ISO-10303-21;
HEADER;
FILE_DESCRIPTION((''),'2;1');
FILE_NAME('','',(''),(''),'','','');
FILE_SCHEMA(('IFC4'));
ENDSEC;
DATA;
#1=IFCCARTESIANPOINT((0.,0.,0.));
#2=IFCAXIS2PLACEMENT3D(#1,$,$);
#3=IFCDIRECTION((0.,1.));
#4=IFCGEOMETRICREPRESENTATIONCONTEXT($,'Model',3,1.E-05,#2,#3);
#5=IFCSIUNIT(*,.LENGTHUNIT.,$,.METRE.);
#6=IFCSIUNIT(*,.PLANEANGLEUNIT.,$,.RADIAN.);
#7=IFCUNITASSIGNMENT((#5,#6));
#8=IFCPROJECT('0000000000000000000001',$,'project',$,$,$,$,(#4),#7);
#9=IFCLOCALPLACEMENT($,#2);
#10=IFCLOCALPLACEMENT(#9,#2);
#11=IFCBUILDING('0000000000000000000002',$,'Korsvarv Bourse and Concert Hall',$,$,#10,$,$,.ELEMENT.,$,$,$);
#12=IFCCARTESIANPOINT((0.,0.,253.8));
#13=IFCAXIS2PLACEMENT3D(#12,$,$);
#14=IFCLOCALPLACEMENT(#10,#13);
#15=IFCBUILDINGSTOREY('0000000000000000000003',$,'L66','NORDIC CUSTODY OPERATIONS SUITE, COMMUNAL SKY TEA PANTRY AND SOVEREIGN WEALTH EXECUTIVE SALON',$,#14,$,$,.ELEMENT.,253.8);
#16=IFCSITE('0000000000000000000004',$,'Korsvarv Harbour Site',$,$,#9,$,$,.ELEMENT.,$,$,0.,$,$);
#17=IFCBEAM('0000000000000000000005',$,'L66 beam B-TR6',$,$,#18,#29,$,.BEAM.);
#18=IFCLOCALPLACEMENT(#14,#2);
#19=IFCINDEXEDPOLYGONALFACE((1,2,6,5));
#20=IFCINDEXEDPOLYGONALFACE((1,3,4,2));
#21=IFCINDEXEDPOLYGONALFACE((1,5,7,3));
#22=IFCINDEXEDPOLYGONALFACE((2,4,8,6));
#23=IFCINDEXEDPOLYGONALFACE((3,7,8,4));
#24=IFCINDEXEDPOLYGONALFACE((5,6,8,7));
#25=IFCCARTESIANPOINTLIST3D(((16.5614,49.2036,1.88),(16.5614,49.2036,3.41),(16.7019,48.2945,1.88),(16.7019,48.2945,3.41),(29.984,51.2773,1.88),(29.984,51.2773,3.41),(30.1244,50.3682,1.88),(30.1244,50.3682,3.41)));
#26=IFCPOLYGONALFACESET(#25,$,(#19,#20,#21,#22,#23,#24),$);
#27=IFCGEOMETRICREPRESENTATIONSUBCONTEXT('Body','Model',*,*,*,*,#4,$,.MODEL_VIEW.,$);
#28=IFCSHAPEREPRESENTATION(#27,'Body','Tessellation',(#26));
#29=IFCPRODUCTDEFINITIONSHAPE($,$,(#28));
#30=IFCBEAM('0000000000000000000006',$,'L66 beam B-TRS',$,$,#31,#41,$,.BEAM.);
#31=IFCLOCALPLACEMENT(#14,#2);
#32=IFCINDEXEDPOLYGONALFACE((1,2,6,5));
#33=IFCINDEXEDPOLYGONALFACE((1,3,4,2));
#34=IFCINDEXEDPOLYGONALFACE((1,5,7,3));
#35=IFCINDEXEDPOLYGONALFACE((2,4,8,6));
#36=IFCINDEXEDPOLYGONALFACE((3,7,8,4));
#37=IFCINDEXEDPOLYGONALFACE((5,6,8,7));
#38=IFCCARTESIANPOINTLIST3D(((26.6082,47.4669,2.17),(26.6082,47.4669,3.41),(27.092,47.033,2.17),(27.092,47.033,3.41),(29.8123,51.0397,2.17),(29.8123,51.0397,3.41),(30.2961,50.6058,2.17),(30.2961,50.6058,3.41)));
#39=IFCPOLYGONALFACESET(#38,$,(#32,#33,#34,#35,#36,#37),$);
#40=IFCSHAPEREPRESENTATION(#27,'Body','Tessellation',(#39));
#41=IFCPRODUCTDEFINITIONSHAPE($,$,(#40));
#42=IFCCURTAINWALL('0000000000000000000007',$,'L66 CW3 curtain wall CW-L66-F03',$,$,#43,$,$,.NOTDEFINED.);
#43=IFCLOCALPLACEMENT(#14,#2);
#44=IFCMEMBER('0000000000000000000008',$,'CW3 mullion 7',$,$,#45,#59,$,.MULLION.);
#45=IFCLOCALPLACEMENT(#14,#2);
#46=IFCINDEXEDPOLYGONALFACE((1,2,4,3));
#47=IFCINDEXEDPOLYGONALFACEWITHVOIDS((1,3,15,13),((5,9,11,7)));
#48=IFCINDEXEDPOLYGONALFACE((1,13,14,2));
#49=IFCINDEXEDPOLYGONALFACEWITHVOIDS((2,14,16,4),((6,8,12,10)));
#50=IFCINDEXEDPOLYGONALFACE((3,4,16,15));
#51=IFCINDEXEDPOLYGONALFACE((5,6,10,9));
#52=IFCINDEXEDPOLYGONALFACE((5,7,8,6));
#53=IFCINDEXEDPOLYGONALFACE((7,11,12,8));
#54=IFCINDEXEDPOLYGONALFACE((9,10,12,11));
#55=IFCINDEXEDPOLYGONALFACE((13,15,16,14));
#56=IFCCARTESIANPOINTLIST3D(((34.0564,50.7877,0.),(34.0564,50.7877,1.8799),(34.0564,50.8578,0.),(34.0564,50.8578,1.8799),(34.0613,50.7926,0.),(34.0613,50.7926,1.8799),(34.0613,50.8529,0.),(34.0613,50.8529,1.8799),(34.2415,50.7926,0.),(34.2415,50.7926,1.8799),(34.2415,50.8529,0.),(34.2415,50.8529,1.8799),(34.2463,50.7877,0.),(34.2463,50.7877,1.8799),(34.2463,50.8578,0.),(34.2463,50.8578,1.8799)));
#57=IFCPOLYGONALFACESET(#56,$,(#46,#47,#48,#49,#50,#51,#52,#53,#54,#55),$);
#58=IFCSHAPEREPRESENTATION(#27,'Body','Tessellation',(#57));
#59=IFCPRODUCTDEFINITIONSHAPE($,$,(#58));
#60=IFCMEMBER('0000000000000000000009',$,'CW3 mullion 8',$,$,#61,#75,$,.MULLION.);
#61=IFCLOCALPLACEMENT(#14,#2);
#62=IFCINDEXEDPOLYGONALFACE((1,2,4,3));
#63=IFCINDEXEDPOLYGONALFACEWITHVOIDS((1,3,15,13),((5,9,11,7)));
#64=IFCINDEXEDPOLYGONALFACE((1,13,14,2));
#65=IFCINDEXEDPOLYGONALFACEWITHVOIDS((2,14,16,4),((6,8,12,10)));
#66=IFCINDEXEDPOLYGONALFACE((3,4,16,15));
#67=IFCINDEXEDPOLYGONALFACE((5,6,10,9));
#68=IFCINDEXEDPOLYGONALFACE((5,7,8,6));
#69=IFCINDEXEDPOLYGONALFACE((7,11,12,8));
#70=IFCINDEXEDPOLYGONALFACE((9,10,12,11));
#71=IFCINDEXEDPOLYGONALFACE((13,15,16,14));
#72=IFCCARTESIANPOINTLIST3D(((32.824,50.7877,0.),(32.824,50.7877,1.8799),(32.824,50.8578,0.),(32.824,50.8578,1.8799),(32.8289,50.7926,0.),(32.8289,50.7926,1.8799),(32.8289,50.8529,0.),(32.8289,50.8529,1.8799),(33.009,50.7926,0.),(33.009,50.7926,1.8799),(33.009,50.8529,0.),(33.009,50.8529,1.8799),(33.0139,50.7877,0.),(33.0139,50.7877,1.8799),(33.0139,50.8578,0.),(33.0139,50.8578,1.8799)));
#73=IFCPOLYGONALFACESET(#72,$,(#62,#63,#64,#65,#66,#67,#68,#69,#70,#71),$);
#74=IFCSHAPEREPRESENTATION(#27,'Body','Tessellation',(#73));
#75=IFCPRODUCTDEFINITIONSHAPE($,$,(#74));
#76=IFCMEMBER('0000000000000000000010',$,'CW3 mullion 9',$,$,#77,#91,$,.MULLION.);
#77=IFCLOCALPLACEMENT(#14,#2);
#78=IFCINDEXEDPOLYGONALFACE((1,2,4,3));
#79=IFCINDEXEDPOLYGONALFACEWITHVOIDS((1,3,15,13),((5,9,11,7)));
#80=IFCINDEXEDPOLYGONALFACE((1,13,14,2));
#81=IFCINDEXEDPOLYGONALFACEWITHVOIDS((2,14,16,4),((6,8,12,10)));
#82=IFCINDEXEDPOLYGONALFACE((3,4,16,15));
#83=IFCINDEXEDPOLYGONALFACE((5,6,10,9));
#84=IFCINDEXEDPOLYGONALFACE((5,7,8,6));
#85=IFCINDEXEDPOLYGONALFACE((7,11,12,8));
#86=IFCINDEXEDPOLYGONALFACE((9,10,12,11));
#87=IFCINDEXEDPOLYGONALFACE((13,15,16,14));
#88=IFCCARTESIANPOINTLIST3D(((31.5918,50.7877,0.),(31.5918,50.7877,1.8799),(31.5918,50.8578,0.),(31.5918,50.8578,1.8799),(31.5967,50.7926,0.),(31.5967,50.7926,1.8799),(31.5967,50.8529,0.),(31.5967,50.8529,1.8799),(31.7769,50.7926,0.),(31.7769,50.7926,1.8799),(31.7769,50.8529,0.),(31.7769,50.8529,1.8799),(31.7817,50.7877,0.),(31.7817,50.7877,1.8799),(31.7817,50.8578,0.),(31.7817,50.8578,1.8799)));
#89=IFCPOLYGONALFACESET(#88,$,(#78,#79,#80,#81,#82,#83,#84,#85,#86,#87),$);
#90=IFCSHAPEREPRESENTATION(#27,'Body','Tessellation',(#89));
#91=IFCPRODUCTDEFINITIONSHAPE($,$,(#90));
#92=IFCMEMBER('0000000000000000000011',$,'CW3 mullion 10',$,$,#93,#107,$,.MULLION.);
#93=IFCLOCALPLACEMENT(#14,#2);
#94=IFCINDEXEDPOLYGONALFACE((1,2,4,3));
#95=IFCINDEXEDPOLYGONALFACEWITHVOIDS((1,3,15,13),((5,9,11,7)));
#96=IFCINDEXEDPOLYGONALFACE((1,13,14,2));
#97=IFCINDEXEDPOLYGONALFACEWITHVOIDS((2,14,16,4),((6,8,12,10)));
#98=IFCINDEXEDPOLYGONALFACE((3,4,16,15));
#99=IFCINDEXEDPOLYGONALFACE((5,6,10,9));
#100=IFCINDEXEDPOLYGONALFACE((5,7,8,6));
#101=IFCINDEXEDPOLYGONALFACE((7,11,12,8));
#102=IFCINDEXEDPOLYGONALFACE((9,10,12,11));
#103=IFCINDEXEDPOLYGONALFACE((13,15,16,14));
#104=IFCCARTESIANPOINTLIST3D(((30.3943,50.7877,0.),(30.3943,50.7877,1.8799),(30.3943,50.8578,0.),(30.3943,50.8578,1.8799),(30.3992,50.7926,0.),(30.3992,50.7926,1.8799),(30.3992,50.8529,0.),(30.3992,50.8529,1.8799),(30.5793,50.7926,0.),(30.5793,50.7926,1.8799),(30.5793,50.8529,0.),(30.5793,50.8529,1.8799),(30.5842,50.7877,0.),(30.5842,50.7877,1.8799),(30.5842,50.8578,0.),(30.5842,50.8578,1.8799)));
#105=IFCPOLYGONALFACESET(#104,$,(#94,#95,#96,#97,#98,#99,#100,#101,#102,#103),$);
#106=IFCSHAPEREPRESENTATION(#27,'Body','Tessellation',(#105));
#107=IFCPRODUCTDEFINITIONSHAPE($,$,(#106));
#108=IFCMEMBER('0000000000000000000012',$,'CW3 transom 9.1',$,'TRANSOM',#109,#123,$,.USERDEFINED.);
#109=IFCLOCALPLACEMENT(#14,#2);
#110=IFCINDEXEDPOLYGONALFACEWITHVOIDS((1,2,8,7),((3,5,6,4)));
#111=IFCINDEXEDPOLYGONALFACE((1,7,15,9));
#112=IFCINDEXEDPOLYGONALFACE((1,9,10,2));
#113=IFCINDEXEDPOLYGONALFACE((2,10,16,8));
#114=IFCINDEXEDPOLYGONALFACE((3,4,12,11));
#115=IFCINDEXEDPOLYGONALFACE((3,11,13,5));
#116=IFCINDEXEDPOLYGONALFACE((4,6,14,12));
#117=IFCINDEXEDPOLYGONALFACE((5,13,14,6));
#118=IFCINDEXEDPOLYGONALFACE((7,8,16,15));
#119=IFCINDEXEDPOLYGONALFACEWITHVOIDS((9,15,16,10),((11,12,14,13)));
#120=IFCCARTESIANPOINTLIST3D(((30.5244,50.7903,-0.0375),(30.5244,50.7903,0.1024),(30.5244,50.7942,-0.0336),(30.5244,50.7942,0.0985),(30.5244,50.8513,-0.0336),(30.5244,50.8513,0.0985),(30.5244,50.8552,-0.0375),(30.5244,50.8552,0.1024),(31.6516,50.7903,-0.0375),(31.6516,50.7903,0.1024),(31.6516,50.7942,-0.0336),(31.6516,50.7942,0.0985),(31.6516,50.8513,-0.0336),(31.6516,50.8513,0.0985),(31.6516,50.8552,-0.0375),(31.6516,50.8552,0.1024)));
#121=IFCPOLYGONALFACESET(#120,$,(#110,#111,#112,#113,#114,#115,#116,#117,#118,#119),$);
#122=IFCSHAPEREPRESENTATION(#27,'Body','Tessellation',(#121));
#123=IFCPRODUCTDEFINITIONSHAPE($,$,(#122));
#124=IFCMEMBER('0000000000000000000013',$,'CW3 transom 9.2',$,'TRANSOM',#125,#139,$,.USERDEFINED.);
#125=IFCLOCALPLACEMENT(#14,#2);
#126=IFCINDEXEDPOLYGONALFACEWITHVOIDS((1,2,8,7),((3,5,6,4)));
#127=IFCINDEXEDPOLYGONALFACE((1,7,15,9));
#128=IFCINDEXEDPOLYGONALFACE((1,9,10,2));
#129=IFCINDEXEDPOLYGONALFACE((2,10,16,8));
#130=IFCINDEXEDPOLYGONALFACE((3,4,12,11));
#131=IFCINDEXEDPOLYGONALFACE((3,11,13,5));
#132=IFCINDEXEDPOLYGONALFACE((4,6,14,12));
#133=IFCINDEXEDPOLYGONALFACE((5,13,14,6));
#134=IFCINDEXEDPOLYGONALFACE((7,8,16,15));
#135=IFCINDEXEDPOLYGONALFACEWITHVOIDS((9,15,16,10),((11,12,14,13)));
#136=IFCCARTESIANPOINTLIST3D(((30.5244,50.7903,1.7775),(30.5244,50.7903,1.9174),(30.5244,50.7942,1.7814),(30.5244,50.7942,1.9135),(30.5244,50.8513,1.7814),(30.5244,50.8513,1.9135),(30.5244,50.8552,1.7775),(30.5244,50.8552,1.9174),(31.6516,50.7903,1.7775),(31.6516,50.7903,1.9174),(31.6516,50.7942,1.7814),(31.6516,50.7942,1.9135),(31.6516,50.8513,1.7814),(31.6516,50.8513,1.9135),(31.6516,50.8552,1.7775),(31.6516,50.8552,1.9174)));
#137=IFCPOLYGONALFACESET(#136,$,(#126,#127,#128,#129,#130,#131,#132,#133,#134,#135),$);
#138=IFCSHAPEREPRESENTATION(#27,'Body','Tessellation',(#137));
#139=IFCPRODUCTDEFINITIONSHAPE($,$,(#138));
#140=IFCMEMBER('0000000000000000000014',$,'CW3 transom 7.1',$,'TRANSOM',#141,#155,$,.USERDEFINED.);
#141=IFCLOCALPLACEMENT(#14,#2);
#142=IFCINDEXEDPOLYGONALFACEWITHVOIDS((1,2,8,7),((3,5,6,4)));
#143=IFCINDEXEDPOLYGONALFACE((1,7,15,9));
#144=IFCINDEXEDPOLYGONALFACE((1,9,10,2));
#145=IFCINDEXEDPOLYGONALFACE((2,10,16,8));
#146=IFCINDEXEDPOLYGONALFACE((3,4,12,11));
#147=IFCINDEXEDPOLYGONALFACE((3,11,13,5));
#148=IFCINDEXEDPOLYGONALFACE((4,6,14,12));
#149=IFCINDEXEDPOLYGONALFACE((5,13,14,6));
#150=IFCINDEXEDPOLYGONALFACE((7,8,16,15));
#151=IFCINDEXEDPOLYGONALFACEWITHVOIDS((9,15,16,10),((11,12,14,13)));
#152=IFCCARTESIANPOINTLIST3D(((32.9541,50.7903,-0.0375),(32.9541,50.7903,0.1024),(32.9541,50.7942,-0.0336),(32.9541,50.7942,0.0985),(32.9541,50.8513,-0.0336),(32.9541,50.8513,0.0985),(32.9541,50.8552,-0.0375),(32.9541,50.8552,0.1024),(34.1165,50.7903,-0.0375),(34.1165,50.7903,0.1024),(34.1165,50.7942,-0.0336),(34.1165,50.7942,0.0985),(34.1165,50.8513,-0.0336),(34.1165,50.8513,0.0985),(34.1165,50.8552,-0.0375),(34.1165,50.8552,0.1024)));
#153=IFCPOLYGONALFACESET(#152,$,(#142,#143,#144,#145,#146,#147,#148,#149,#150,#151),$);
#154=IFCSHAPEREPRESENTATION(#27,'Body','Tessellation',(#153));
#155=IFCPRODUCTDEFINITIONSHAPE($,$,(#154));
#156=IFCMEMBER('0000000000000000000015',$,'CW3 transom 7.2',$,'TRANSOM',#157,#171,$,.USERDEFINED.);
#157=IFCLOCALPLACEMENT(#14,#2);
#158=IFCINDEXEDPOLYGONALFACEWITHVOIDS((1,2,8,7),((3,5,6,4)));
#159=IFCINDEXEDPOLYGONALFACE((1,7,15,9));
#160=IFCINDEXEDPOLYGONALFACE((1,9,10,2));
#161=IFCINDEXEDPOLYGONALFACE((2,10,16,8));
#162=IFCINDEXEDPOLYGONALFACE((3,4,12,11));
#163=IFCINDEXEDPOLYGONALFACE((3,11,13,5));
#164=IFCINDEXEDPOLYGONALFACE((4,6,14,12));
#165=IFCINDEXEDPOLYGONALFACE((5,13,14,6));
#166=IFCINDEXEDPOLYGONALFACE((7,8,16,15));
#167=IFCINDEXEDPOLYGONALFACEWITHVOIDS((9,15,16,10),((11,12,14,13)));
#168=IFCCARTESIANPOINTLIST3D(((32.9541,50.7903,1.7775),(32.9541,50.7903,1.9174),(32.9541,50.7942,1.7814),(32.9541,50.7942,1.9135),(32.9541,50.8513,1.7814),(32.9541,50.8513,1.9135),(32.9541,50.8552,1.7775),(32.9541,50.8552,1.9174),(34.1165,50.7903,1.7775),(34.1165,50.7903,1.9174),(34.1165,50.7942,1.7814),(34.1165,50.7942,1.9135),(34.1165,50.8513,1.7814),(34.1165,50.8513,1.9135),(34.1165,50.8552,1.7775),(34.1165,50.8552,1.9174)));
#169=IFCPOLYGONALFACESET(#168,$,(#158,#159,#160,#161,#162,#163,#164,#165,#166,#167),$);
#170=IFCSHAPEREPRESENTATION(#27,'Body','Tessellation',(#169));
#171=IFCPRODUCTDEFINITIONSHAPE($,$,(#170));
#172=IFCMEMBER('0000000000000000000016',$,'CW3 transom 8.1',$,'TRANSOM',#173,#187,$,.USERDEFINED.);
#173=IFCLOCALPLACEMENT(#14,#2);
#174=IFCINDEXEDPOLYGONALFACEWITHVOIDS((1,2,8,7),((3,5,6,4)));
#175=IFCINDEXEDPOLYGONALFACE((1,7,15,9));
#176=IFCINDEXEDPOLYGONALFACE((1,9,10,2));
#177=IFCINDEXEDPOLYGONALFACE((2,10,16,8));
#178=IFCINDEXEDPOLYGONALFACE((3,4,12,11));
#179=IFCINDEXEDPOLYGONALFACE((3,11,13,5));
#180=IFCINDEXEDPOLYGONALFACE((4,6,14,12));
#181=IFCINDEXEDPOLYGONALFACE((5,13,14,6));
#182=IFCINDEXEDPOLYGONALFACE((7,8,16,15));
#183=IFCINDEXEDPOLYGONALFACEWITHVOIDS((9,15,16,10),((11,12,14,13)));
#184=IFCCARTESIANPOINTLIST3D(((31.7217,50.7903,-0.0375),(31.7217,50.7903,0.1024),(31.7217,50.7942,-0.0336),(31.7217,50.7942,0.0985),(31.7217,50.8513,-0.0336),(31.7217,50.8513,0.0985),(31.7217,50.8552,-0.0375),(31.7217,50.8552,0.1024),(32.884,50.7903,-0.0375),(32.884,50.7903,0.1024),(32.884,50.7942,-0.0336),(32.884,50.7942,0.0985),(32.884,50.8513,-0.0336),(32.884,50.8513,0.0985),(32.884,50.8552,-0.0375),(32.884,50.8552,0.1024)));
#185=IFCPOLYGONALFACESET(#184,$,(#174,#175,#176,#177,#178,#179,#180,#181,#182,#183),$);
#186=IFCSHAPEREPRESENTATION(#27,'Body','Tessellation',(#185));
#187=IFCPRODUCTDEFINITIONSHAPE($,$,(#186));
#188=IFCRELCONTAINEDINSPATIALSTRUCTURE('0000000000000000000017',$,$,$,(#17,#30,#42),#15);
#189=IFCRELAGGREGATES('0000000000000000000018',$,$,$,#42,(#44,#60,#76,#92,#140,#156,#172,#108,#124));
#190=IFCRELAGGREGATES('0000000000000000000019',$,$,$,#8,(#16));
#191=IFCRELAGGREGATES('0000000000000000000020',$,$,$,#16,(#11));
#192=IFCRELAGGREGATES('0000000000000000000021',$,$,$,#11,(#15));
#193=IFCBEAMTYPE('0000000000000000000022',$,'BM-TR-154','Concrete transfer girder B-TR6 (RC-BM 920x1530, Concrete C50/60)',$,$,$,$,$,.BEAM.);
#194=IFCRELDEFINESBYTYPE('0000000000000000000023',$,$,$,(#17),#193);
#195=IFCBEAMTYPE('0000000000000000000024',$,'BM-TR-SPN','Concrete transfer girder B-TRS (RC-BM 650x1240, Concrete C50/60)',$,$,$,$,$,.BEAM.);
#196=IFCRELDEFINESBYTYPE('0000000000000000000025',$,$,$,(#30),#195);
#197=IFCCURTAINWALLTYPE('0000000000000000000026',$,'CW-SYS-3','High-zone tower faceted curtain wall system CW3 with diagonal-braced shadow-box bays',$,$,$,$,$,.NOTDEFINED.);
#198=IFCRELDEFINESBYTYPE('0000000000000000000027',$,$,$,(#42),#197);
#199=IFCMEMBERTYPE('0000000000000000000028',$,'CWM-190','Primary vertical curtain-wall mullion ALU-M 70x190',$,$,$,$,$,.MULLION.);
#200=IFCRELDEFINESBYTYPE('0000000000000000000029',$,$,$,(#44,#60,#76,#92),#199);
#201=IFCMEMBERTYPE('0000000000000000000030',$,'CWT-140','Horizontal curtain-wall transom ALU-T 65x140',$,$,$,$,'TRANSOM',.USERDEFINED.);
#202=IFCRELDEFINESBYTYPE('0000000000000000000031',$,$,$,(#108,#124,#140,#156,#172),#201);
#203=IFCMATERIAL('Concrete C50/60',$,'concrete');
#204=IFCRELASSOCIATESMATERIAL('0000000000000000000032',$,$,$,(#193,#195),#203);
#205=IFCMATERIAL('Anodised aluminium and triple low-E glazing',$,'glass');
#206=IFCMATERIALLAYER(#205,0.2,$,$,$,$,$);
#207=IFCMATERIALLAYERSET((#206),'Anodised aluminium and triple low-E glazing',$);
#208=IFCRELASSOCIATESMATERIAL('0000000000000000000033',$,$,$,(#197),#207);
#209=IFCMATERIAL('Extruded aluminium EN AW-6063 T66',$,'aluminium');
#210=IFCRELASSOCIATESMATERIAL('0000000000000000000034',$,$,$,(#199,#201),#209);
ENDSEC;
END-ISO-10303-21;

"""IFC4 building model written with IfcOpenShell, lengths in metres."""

from ifc_helpers import new_model, si_unit, direction, frame, origin, origin_2d, place, context, subcontext, project, spatial, rectangle, hollow_rectangle, extrude, source, transform, mapped, material, layer, layer_set, material_profile, profile_set, type_object, element, aggregate, save


model = new_model("IFC4")

# Units and contexts
model_context = context("Model", 3, precision=1e-05, world=origin(), true_north=direction((0.0, 1.0)))
body_context = subcontext(model_context, "Body", "Model", "MODEL_VIEW")
ifc_project = project(units=[si_unit("LENGTHUNIT", "METRE"), si_unit("PLANEANGLEUNIT", "RADIAN")], contexts=[model_context])

# Site, building, storey
site_placement = place(None, origin())
site = spatial("IfcSite", under=ifc_project, at=site_placement, Name="Korsvarv Harbour Site", CompositionType="ELEMENT", RefElevation=0.0)
building_placement = place(site_placement, origin())
building = spatial("IfcBuilding", under=site, at=building_placement, Name="Korsvarv Bourse and Concert Hall", CompositionType="ELEMENT")
storey_placement = place(building_placement, frame((0.0, 0.0, 253.8)))
storey = spatial("IfcBuildingStorey", under=building, at=storey_placement, Name="L66", Description="NORDIC CUSTODY OPERATIONS SUITE, COMMUNAL SKY TEA PANTRY AND SOVEREIGN WEALTH EXECUTIVE SALON", CompositionType="ELEMENT", Elevation=253.8)

# Beams
ifc_material_1 = material(Name="Concrete C50/60", Category="concrete")
ifc_material_profile_1 = material_profile(ifc_material_1, rectangle(XDim=0.9199, YDim=1.53, at=origin_2d()), Name="RC-BM 920x1530")
ifc_profile_set_1 = profile_set([ifc_material_profile_1], Name="Concrete C50/60")
beam_type_1 = type_object("IfcBeamType", Name="BM-TR-154", Description="Concrete transfer girder B-TR6 (RC-BM 920x1530, Concrete C50/60)", PredefinedType="BEAM", material=ifc_profile_set_1)
shared_shape_1 = source(origin(), body_context, "Body", "SweptSolid", [
    extrude(rectangle(XDim=0.9199, YDim=1.53, at=origin_2d()), origin(), (0.0, 0.0, 1.0), 13.5818),
])
beam_1_placement = place(storey_placement, frame((30.0542, 50.8228, 2.645), z_axis=(-0.988275, -0.152684, 0.0), x_axis=(0.152684, -0.988275, 0.0)))
element("IfcBeam", 1, at=beam_1_placement, inside=storey, type_object=beam_type_1, Name="L66 beam B-TR6", PredefinedType="BEAM", context=body_context, shape_type="MappedRepresentation", body=[
    mapped(shared_shape_1, transform((0.0, 0.0, 0.0), scale=1.0)),
])
ifc_material_profile_2 = material_profile(ifc_material_1, rectangle(XDim=0.6499, YDim=1.24, at=origin_2d()), Name="RC-BM 650x1240")
ifc_profile_set_2 = profile_set([ifc_material_profile_2], Name="Concrete C50/60")
beam_type_2 = type_object("IfcBeamType", Name="BM-TR-SPN", Description="Concrete transfer girder B-TRS (RC-BM 650x1240, Concrete C50/60)", PredefinedType="BEAM", material=ifc_profile_set_2)
shared_shape_2 = source(origin(), body_context, "Body", "SweptSolid", [
    extrude(rectangle(XDim=0.6499, YDim=1.24, at=origin_2d()), origin(), (0.0, 0.0, 1.0), 4.7991),
])
beam_2_placement = place(storey_placement, frame((30.0542, 50.8228, 2.79), z_axis=(-0.667654, -0.744472, 0.0), x_axis=(0.744472, -0.667654, 0.0)))
element("IfcBeam", 2, at=beam_2_placement, inside=storey, type_object=beam_type_2, Name="L66 beam B-TRS", PredefinedType="BEAM", context=body_context, shape_type="MappedRepresentation", body=[
    mapped(shared_shape_2, transform((0.0, 0.0, 0.0), scale=1.0)),
])

# Curtain wall, members
ifc_material_2 = material(Name="Anodised aluminium and triple low-E glazing", Category="glass")
ifc_layer_1 = layer(ifc_material_2, 0.2)
ifc_layer_set_1 = layer_set([ifc_layer_1], Name="Anodised aluminium and triple low-E glazing")
curtain_wall_type = type_object("IfcCurtainWallType", Name="CW-SYS-3", Description="High-zone tower faceted curtain wall system CW3 with diagonal-braced shadow-box bays", PredefinedType="NOTDEFINED", material=ifc_layer_set_1)
curtain_wall_placement = place(storey_placement, origin())
curtain_wall = element("IfcCurtainWall", 3, at=curtain_wall_placement, inside=storey, type_object=curtain_wall_type, Name="L66 CW3 curtain wall CW-L66-F03", PredefinedType="NOTDEFINED")
ifc_material_3 = material(Name="Extruded aluminium EN AW-6063 T66", Category="aluminium")
ifc_material_profile_3 = material_profile(ifc_material_3, hollow_rectangle(XDim=0.0701, YDim=0.1899, WallThickness=0.0049, at=origin_2d()), Name="ALU-M 70x190")
ifc_profile_set_3 = profile_set([ifc_material_profile_3], Name="Extruded aluminium EN AW-6063 T66")
member_type_1 = type_object("IfcMemberType", Name="CWM-190", Description="Primary vertical curtain-wall mullion ALU-M 70x190", PredefinedType="MULLION", material=ifc_profile_set_3)
shared_shape_3 = source(origin(), body_context, "Body", "SweptSolid", [
    extrude(hollow_rectangle(XDim=0.0701, YDim=0.1899, WallThickness=0.0049, at=origin_2d()), origin(), (0.0, 0.0, 1.0), 1.8799),
])
member_1_placement = place(storey_placement, frame((34.1514, 50.8228, 0.0), z_axis=(0.0, 0.0, 1.0), x_axis=(0.0, -1.0, 0.0)))
member_1 = element("IfcMember", 4, at=member_1_placement, type_object=member_type_1, Name="CW3 mullion 7", PredefinedType="MULLION", context=body_context, shape_type="MappedRepresentation", body=[
    mapped(shared_shape_3, transform((0.0, 0.0, 0.0), scale=1.0)),
])
member_2_placement = place(storey_placement, frame((32.9189, 50.8228, 0.0), z_axis=(0.0, 0.0, 1.0), x_axis=(0.0, -1.0, 0.0)))
member_2 = element("IfcMember", 5, at=member_2_placement, type_object=member_type_1, Name="CW3 mullion 8", PredefinedType="MULLION", context=body_context, shape_type="MappedRepresentation", body=[
    mapped(shared_shape_3, transform((0.0, 0.0, 0.0), scale=1.0)),
])
member_3_placement = place(storey_placement, frame((31.6868, 50.8228, 0.0), z_axis=(0.0, 0.0, 1.0), x_axis=(0.0, -1.0, 0.0)))
member_3 = element("IfcMember", 6, at=member_3_placement, type_object=member_type_1, Name="CW3 mullion 9", PredefinedType="MULLION", context=body_context, shape_type="MappedRepresentation", body=[
    mapped(shared_shape_3, transform((0.0, 0.0, 0.0), scale=1.0)),
])
member_4_placement = place(storey_placement, frame((30.4893, 50.8228, 0.0), z_axis=(0.0, 0.0, 1.0), x_axis=(0.0, -1.0, 0.0)))
member_4 = element("IfcMember", 7, at=member_4_placement, type_object=member_type_1, Name="CW3 mullion 10", PredefinedType="MULLION", context=body_context, shape_type="MappedRepresentation", body=[
    mapped(shared_shape_3, transform((0.0, 0.0, 0.0), scale=1.0)),
])
ifc_material_profile_4 = material_profile(ifc_material_3, hollow_rectangle(XDim=0.0649, YDim=0.1399, WallThickness=0.0039, at=origin_2d()), Name="ALU-T 65x140")
ifc_profile_set_4 = profile_set([ifc_material_profile_4], Name="Extruded aluminium EN AW-6063 T66")
member_type_2 = type_object("IfcMemberType", Name="CWT-140", Description="Horizontal curtain-wall transom ALU-T 65x140", ElementType="TRANSOM", PredefinedType="USERDEFINED", material=ifc_profile_set_4)
shared_shape_4 = source(origin(), body_context, "Body", "SweptSolid", [
    extrude(hollow_rectangle(XDim=0.0649, YDim=0.1399, WallThickness=0.0039, at=origin_2d()), origin(), (0.0, 0.0, 1.0), 1.1272),
])
member_5_placement = place(storey_placement, frame((31.6516, 50.8228, 0.0325), z_axis=(-1.0, 0.0, 0.0), x_axis=(0.0, -1.0, 0.0)))
member_5 = element("IfcMember", 8, at=member_5_placement, type_object=member_type_2, Name="CW3 transom 9.1", ObjectType="TRANSOM", PredefinedType="USERDEFINED", context=body_context, shape_type="MappedRepresentation", body=[
    mapped(shared_shape_4, transform((0.0, 0.0, 0.0), scale=1.0)),
])
member_6_placement = place(storey_placement, frame((31.6516, 50.8228, 1.8474), z_axis=(-1.0, 0.0, 0.0), x_axis=(0.0, -1.0, 0.0)))
member_6 = element("IfcMember", 9, at=member_6_placement, type_object=member_type_2, Name="CW3 transom 9.2", ObjectType="TRANSOM", PredefinedType="USERDEFINED", context=body_context, shape_type="MappedRepresentation", body=[
    mapped(shared_shape_4, transform((0.0, 0.0, 0.0), scale=1.0)),
])
shared_shape_5 = source(origin(), body_context, "Body", "SweptSolid", [
    extrude(hollow_rectangle(XDim=0.0649, YDim=0.1399, WallThickness=0.0039, at=origin_2d()), origin(), (0.0, 0.0, 1.0), 1.1624),
])
member_7_placement = place(storey_placement, frame((34.1165, 50.8228, 0.0325), z_axis=(-1.0, 0.0, 0.0), x_axis=(0.0, -1.0, 0.0)))
member_7 = element("IfcMember", 10, at=member_7_placement, type_object=member_type_2, Name="CW3 transom 7.1", ObjectType="TRANSOM", PredefinedType="USERDEFINED", context=body_context, shape_type="MappedRepresentation", body=[
    mapped(shared_shape_5, transform((0.0, 0.0, 0.0), scale=1.0)),
])
member_8_placement = place(storey_placement, frame((34.1165, 50.8228, 1.8474), z_axis=(-1.0, 0.0, 0.0), x_axis=(0.0, -1.0, 0.0)))
member_8 = element("IfcMember", 11, at=member_8_placement, type_object=member_type_2, Name="CW3 transom 7.2", ObjectType="TRANSOM", PredefinedType="USERDEFINED", context=body_context, shape_type="MappedRepresentation", body=[
    mapped(shared_shape_5, transform((0.0, 0.0, 0.0), scale=1.0)),
])
member_9_placement = place(storey_placement, frame((32.884, 50.8228, 0.0325), z_axis=(-1.0, 0.0, 0.0), x_axis=(0.0, -1.0, 0.0)))
member_9 = element("IfcMember", 12, at=member_9_placement, type_object=member_type_2, Name="CW3 transom 8.1", ObjectType="TRANSOM", PredefinedType="USERDEFINED", context=body_context, shape_type="MappedRepresentation", body=[
    mapped(shared_shape_5, transform((0.0, 0.0, 0.0), scale=1.0)),
])
aggregate(curtain_wall, [member_1, member_2, member_3, member_4, member_7, member_8, member_9, member_5, member_6])

save(model, "model.ifc")
